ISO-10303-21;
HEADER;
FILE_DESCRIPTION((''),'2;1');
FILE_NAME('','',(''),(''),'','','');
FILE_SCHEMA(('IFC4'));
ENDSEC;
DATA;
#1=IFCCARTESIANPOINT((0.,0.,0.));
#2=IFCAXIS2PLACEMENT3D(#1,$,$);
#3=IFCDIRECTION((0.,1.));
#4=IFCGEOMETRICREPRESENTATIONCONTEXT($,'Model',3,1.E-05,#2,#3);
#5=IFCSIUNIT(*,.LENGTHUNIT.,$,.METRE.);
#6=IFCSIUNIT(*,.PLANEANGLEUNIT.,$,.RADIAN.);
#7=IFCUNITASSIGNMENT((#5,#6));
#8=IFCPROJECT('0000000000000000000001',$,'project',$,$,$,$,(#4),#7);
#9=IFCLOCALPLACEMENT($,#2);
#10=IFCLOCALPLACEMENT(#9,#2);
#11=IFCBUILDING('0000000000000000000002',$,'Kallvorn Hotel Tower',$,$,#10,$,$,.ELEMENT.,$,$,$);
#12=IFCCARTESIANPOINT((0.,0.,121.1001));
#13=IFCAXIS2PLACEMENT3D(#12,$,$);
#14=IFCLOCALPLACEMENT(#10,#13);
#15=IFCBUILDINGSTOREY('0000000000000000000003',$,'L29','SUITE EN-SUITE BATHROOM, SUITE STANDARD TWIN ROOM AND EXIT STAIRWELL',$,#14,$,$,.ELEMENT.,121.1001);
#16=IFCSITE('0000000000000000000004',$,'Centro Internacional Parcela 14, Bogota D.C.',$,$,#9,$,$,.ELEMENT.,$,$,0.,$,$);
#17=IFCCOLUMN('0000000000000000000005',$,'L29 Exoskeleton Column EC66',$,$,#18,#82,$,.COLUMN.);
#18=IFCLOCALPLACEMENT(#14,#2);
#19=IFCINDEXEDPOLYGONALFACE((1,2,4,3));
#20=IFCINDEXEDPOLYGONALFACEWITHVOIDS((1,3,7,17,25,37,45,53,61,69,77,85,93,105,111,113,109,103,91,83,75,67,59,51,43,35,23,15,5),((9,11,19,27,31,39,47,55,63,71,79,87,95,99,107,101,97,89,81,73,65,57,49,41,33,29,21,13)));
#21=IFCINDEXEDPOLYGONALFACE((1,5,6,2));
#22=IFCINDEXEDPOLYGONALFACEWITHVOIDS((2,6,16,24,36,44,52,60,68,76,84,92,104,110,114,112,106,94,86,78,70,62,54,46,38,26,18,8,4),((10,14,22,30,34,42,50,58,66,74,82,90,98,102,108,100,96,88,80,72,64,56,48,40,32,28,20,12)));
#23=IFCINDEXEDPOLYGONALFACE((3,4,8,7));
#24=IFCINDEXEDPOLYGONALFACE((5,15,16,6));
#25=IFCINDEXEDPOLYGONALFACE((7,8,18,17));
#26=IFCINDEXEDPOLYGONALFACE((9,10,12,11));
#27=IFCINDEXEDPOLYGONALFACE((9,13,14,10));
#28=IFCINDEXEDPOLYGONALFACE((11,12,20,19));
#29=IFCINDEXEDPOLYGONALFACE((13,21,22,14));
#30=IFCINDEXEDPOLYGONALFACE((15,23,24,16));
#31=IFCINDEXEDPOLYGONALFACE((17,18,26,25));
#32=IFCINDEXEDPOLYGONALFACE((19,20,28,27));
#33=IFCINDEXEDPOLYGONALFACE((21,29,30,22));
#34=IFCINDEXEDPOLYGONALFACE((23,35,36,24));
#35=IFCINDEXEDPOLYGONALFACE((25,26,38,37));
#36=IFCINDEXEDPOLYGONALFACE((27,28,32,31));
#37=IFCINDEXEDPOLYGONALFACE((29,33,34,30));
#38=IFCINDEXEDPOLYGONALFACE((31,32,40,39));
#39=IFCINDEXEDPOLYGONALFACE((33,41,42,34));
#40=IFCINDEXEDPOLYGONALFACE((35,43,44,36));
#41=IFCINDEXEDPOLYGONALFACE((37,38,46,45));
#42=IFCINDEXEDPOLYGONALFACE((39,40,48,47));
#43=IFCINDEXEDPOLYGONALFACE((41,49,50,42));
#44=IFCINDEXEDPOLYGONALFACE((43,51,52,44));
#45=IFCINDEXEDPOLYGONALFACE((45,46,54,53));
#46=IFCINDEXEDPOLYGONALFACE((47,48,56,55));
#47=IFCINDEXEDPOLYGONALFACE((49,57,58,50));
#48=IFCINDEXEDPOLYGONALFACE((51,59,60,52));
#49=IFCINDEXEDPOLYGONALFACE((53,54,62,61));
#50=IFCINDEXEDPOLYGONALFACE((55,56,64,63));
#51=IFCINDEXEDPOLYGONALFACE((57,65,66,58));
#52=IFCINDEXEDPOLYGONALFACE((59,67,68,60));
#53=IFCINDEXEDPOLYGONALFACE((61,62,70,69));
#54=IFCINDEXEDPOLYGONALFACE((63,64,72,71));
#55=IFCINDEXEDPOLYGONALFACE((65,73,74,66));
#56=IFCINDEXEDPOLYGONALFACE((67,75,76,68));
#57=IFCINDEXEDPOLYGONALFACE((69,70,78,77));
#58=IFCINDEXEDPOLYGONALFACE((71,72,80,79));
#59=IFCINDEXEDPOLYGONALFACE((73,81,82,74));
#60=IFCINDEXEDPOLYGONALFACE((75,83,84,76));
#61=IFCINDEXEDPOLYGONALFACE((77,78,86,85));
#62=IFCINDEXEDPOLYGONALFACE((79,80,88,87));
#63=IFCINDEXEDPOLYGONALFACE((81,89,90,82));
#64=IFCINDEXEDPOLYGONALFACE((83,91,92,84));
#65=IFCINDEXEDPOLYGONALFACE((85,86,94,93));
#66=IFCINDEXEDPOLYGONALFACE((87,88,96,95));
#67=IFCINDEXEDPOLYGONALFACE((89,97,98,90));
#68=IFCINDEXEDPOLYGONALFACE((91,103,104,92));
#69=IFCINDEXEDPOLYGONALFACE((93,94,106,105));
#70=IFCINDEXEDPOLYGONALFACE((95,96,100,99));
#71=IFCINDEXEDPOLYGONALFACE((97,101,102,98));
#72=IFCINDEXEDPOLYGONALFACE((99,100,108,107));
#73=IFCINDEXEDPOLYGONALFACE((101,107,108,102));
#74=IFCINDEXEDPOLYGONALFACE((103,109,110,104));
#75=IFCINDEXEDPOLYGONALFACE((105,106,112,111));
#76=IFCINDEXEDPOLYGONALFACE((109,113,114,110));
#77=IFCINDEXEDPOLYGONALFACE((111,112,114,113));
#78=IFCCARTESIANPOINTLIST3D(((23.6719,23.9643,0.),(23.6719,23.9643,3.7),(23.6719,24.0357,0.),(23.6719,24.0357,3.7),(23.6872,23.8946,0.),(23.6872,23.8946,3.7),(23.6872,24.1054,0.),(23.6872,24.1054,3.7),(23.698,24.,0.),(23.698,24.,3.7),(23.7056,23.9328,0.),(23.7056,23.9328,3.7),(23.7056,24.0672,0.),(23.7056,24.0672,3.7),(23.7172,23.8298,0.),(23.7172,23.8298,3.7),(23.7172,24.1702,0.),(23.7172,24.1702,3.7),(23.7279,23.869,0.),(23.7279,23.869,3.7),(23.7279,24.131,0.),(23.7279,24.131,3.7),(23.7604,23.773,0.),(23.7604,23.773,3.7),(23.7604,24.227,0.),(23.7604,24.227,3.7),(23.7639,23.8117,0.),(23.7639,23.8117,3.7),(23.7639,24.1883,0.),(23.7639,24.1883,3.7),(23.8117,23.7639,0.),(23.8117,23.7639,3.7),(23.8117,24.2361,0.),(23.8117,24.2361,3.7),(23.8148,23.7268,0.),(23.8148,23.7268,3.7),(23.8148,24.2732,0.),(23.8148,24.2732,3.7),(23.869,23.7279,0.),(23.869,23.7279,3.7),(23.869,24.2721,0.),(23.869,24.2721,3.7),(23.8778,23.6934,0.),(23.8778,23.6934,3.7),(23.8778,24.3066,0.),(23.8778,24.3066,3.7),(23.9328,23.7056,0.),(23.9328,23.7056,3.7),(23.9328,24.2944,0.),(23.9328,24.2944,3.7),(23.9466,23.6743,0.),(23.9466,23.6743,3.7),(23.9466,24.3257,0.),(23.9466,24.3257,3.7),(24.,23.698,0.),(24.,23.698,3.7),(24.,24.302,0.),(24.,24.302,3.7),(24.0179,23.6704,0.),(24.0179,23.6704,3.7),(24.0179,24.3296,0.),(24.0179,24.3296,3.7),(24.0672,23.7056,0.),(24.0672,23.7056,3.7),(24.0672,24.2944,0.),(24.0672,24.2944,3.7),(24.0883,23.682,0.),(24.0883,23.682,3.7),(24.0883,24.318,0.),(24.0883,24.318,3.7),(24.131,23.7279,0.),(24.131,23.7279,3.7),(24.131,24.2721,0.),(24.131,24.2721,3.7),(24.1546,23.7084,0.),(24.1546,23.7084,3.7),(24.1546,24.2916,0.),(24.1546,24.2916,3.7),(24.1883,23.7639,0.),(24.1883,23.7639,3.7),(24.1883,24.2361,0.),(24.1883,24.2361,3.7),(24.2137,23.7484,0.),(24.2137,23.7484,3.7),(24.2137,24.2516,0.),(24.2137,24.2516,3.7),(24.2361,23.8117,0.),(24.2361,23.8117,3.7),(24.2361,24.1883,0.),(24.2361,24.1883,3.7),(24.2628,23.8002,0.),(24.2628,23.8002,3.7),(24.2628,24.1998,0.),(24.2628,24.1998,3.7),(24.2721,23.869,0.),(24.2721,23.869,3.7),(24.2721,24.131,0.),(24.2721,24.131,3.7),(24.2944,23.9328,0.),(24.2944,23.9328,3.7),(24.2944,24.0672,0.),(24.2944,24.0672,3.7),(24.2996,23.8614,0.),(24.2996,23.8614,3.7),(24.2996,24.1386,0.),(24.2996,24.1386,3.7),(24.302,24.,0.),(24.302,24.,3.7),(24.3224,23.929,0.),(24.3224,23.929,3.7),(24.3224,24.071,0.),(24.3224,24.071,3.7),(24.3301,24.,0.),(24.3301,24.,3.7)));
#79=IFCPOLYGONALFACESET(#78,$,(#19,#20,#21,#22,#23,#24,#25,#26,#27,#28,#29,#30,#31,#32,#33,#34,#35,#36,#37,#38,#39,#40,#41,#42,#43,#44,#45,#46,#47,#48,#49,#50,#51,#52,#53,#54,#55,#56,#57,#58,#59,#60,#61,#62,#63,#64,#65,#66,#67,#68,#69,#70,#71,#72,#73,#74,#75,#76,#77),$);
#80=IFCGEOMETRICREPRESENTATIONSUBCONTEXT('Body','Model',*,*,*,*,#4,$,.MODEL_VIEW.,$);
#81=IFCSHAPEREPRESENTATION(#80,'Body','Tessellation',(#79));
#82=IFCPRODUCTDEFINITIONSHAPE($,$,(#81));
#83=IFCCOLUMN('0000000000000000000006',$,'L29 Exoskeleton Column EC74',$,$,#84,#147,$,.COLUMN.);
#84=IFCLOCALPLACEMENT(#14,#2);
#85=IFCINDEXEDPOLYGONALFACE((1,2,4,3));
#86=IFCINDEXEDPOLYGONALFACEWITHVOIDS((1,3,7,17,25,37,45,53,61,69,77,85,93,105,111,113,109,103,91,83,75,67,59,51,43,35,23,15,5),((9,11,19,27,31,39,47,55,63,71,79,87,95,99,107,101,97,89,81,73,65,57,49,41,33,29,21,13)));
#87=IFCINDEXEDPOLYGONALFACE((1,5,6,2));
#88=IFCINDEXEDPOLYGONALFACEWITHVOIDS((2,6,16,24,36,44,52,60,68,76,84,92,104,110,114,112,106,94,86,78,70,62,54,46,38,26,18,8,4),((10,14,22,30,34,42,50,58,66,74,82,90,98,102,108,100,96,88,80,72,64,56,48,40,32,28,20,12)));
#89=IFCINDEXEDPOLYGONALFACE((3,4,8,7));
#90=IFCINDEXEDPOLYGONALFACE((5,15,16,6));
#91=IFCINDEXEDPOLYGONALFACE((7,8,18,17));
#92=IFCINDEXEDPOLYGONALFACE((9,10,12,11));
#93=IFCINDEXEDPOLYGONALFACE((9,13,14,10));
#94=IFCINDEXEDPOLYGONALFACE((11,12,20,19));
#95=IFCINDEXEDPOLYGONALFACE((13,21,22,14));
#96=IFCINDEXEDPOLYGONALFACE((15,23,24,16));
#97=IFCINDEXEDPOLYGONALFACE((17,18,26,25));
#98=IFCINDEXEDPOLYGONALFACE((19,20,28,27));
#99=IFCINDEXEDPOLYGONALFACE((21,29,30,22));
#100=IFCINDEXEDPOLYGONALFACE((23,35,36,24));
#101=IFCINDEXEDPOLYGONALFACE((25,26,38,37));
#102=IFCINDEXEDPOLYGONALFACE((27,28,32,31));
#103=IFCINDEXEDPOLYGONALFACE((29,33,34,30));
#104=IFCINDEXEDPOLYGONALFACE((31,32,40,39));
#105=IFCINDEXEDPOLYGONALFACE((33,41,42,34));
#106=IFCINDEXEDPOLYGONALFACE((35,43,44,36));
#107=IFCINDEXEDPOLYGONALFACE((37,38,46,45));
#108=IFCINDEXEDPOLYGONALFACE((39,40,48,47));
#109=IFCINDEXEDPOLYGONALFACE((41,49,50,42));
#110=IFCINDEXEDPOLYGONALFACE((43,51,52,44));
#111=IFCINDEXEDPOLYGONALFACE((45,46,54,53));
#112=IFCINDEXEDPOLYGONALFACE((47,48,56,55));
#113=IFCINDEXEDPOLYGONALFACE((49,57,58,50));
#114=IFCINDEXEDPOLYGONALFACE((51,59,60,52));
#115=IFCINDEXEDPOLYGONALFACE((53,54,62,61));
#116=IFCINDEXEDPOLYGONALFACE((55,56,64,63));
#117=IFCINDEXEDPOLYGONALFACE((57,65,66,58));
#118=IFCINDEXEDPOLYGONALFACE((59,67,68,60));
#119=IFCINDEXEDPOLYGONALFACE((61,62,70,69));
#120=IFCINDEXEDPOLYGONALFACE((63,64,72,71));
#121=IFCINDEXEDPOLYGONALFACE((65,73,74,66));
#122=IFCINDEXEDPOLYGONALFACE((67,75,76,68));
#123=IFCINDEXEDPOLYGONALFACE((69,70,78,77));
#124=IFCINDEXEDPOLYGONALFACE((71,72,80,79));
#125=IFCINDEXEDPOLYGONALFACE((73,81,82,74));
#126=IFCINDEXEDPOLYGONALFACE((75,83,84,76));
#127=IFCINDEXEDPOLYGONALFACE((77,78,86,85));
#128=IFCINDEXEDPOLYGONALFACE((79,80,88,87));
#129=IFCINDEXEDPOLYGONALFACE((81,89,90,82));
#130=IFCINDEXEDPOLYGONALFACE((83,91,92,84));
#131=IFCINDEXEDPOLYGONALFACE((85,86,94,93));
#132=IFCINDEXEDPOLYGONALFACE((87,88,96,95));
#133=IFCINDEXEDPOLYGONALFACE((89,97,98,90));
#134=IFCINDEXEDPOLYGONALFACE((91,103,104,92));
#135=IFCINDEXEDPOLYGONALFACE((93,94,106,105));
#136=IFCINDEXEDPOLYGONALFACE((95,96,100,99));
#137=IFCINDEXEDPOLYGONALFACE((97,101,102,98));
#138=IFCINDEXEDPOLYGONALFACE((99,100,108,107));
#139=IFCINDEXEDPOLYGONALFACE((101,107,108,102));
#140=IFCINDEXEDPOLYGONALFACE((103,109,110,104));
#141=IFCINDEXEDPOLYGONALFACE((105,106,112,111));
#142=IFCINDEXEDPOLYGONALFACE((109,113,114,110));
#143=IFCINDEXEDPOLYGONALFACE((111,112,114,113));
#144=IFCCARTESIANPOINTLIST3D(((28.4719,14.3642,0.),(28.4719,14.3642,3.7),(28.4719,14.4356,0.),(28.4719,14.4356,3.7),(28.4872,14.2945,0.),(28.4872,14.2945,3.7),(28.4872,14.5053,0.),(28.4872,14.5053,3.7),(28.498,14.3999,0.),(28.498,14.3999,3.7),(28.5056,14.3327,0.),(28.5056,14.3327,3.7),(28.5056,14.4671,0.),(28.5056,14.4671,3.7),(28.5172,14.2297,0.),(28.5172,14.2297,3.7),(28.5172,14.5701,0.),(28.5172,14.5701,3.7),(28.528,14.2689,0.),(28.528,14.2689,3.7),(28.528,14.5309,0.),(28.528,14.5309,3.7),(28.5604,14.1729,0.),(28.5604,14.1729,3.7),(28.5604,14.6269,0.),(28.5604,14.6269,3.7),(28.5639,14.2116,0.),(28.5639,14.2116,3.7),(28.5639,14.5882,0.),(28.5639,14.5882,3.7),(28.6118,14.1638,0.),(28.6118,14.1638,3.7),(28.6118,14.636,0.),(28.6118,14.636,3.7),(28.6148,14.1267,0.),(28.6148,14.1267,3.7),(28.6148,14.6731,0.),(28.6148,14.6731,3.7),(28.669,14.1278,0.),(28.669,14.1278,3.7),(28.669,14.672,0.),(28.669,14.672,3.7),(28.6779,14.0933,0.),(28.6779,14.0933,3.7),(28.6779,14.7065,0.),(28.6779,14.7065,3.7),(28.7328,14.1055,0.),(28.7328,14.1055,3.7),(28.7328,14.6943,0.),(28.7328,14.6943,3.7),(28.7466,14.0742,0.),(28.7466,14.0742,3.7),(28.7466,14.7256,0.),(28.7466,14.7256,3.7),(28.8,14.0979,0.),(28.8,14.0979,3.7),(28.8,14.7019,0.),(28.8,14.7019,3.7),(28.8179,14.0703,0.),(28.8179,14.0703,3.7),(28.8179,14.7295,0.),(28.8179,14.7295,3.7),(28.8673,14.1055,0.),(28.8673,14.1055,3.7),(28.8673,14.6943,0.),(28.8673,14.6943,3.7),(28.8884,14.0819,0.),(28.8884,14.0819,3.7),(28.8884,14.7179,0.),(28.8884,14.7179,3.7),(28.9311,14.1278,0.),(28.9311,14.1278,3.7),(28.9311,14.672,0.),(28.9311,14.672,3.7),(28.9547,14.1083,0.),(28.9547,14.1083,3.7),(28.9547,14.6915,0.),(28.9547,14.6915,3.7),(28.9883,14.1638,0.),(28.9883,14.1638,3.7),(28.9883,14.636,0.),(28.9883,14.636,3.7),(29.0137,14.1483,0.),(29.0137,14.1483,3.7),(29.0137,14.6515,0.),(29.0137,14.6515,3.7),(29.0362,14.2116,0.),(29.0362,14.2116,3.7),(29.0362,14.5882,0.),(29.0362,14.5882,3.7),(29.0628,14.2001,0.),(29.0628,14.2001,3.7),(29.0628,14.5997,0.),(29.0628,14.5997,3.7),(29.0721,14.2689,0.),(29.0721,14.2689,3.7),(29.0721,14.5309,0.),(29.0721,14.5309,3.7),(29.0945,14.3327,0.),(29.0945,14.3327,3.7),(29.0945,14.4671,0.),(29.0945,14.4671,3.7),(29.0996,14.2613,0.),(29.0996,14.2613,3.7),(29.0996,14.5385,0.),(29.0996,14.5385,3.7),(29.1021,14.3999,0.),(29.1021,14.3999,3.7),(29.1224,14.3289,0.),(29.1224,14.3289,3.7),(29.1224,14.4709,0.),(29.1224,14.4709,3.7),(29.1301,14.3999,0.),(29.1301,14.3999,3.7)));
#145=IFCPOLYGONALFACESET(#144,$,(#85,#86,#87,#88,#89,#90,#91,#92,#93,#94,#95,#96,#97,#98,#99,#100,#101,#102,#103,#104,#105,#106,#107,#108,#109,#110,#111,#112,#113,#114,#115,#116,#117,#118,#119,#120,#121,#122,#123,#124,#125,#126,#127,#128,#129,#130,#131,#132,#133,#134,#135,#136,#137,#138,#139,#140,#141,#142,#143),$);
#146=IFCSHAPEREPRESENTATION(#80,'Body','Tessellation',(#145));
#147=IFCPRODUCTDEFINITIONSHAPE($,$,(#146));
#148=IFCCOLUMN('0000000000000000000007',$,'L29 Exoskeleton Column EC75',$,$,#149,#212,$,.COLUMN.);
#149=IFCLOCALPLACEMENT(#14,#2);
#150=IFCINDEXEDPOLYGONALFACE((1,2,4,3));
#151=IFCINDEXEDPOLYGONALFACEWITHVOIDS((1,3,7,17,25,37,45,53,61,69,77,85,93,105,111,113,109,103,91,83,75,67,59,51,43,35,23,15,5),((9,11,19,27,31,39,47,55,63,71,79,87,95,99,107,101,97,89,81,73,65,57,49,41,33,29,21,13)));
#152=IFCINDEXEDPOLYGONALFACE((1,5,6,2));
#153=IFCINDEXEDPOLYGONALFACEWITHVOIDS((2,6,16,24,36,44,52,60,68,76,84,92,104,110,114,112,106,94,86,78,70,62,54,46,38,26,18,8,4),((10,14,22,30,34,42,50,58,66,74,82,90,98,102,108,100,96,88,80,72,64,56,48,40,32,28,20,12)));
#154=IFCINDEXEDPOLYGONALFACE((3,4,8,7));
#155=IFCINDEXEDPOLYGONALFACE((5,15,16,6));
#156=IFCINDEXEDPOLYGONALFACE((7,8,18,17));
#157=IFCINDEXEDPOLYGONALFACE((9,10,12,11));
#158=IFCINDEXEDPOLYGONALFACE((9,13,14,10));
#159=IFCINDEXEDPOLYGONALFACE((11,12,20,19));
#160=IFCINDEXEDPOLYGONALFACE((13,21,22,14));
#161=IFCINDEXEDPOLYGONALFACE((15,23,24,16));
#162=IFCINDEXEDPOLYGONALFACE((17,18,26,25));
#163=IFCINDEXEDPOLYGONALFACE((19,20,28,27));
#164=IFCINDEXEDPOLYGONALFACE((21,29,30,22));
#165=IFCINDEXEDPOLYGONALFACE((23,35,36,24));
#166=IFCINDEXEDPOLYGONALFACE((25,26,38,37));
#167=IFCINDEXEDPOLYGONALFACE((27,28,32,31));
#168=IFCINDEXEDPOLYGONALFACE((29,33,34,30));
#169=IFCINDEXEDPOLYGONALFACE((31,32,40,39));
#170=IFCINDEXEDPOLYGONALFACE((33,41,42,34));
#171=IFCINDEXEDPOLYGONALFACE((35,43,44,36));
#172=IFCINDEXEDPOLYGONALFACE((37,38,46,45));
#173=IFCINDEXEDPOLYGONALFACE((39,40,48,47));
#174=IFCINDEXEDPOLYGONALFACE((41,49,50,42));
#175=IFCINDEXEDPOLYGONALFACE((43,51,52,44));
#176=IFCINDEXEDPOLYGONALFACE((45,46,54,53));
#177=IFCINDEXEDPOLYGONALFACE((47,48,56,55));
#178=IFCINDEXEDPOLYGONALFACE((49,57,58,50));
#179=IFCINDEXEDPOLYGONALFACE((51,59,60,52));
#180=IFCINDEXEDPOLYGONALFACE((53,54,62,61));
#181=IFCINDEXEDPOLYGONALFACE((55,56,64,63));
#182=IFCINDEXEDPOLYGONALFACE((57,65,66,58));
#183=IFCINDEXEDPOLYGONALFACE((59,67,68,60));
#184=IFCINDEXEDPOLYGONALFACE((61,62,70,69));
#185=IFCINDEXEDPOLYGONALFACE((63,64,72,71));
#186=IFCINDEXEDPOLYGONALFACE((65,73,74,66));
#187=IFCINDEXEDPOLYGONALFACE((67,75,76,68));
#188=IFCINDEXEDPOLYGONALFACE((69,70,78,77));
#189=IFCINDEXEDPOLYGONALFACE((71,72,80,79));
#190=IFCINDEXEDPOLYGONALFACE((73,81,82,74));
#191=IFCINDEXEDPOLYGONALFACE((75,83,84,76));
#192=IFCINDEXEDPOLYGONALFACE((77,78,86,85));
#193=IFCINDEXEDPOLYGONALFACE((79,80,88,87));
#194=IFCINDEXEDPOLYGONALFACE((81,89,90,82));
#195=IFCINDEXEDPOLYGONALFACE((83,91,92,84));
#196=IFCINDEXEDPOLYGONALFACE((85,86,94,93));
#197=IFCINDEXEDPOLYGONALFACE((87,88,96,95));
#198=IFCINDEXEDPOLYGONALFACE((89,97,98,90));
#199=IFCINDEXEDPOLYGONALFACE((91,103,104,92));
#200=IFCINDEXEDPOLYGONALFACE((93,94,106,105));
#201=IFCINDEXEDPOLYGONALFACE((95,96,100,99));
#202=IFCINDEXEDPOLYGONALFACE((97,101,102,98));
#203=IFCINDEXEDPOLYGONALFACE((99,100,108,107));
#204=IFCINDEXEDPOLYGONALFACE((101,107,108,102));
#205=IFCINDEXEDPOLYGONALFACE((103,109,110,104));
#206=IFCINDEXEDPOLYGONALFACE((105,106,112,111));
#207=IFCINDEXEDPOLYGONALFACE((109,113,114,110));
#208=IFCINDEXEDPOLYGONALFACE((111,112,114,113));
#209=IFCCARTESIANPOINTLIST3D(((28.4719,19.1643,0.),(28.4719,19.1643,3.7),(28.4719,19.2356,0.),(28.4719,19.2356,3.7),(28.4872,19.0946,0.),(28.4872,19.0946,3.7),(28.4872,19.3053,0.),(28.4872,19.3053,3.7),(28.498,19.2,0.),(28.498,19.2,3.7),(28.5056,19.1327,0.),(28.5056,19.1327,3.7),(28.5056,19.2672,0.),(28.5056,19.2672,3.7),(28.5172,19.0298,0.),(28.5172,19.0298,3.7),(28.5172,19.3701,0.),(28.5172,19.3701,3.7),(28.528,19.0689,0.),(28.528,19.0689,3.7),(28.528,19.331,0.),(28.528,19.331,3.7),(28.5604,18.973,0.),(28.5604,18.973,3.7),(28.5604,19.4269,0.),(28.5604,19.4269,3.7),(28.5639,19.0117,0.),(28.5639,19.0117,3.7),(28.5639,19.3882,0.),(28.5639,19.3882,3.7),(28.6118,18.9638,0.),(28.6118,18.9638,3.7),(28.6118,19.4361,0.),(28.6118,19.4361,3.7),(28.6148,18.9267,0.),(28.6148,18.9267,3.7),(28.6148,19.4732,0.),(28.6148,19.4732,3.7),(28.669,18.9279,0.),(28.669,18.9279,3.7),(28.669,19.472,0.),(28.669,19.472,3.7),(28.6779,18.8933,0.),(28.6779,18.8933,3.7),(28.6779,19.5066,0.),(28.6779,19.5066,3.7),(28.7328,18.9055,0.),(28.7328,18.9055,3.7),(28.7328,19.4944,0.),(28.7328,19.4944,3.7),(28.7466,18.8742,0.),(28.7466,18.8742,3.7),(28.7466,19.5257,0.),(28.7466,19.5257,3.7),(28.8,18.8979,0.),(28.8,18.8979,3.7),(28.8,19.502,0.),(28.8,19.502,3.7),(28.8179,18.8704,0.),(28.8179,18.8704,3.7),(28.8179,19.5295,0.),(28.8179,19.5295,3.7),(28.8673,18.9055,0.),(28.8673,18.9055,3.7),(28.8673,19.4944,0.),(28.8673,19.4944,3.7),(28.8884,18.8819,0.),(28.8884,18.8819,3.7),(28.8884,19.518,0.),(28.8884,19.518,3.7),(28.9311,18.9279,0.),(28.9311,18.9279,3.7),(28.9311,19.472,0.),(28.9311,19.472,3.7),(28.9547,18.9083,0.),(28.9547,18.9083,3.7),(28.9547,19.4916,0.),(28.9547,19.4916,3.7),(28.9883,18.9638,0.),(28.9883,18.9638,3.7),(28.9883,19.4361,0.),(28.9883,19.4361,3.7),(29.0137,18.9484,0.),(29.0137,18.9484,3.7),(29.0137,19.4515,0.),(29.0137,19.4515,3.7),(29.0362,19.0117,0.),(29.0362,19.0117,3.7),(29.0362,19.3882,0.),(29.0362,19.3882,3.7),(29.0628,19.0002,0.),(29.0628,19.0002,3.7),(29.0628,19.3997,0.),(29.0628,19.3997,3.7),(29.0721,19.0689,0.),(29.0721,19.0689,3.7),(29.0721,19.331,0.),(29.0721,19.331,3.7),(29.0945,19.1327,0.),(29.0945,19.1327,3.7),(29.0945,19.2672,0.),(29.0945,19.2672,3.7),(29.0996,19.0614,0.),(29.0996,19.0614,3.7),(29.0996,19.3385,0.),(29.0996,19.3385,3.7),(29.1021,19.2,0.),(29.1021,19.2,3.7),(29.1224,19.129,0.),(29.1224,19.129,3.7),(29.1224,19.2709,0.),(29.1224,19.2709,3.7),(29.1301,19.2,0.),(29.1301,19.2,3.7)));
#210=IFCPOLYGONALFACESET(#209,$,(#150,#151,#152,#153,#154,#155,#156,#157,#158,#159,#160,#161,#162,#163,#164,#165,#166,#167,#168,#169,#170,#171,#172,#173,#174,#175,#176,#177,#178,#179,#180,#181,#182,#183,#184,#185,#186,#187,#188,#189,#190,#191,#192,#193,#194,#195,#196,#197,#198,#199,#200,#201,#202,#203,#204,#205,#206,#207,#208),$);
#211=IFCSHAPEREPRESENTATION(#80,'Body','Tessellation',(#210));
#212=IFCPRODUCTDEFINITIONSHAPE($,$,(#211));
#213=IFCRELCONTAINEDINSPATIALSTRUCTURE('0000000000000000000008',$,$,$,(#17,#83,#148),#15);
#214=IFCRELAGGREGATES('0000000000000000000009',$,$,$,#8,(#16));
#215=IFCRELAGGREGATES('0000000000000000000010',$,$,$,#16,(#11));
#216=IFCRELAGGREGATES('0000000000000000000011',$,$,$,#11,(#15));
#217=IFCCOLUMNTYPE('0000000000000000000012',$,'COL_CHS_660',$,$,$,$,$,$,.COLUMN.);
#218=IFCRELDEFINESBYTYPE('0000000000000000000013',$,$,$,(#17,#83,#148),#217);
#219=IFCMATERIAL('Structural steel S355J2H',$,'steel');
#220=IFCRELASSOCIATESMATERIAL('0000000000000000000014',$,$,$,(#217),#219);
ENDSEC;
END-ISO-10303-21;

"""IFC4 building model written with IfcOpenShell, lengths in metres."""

from ifc_helpers import new_model, si_unit, direction, frame, origin, origin_2d, place, context, subcontext, project, spatial, hollow_circle, extrude, material, material_profile, profile_set, type_object, element, save


model = new_model("IFC4")

# Units and contexts
model_context = context("Model", 3, precision=1e-05, world=origin(), true_north=direction((0.0, 1.0)))
body_context = subcontext(model_context, "Body", "Model", "MODEL_VIEW")
ifc_project = project(units=[si_unit("LENGTHUNIT", "METRE"), si_unit("PLANEANGLEUNIT", "RADIAN")], contexts=[model_context])

# Site, building, storey
site_placement = place(None, origin())
site = spatial("IfcSite", under=ifc_project, at=site_placement, Name="Centro Internacional Parcela 14, Bogota D.C.", CompositionType="ELEMENT", RefElevation=0.0)
building_placement = place(site_placement, origin())
building = spatial("IfcBuilding", under=site, at=building_placement, Name="Kallvorn Hotel Tower", CompositionType="ELEMENT")
storey_placement = place(building_placement, frame((0.0, 0.0, 121.1001)))
storey = spatial("IfcBuildingStorey", under=building, at=storey_placement, Name="L29", Description="SUITE EN-SUITE BATHROOM, SUITE STANDARD TWIN ROOM AND EXIT STAIRWELL", CompositionType="ELEMENT", Elevation=121.1001)

# Columns
ifc_material_1 = material(Name="Structural steel S355J2H", Category="steel")
ifc_material_profile_1 = material_profile(ifc_material_1, hollow_circle(Radius=0.3301, WallThickness=0.0281, at=origin_2d()), Name="CHS 660x28")
ifc_profile_set_1 = profile_set([ifc_material_profile_1], Name="Structural steel S355J2H")
column_type_1 = type_object("IfcColumnType", Name="COL_CHS_660", PredefinedType="COLUMN", material=ifc_profile_set_1)
for number, where, z_axis, x_axis, name in (
    (1, (24.0, 24.0, 0.0), (0.0, 0.0, 1.0), (1.0, 0.0, 0.0), "L29 Exoskeleton Column EC66"),
    (2, (28.8, 14.3999, 0.0), (0.0, 0.0, 1.0), (1.0, 0.0, 0.0), "L29 Exoskeleton Column EC74"),
    (3, (28.8, 19.2, 0.0), (0.0, 0.0, 1.0), (1.0, 0.0, 0.0), "L29 Exoskeleton Column EC75"),
):
    element("IfcColumn", number, at=place(storey_placement, frame(where, z_axis=z_axis, x_axis=x_axis)), inside=storey, type_object=column_type_1, Name=name, PredefinedType="COLUMN", context=body_context, shape_type="SweptSolid", body=[
        extrude(hollow_circle(Radius=0.3301, WallThickness=0.0281, at=origin_2d()), origin(), (0.0, 0.0, 1.0), 3.7),
    ])

save(model, "model.ifc")
